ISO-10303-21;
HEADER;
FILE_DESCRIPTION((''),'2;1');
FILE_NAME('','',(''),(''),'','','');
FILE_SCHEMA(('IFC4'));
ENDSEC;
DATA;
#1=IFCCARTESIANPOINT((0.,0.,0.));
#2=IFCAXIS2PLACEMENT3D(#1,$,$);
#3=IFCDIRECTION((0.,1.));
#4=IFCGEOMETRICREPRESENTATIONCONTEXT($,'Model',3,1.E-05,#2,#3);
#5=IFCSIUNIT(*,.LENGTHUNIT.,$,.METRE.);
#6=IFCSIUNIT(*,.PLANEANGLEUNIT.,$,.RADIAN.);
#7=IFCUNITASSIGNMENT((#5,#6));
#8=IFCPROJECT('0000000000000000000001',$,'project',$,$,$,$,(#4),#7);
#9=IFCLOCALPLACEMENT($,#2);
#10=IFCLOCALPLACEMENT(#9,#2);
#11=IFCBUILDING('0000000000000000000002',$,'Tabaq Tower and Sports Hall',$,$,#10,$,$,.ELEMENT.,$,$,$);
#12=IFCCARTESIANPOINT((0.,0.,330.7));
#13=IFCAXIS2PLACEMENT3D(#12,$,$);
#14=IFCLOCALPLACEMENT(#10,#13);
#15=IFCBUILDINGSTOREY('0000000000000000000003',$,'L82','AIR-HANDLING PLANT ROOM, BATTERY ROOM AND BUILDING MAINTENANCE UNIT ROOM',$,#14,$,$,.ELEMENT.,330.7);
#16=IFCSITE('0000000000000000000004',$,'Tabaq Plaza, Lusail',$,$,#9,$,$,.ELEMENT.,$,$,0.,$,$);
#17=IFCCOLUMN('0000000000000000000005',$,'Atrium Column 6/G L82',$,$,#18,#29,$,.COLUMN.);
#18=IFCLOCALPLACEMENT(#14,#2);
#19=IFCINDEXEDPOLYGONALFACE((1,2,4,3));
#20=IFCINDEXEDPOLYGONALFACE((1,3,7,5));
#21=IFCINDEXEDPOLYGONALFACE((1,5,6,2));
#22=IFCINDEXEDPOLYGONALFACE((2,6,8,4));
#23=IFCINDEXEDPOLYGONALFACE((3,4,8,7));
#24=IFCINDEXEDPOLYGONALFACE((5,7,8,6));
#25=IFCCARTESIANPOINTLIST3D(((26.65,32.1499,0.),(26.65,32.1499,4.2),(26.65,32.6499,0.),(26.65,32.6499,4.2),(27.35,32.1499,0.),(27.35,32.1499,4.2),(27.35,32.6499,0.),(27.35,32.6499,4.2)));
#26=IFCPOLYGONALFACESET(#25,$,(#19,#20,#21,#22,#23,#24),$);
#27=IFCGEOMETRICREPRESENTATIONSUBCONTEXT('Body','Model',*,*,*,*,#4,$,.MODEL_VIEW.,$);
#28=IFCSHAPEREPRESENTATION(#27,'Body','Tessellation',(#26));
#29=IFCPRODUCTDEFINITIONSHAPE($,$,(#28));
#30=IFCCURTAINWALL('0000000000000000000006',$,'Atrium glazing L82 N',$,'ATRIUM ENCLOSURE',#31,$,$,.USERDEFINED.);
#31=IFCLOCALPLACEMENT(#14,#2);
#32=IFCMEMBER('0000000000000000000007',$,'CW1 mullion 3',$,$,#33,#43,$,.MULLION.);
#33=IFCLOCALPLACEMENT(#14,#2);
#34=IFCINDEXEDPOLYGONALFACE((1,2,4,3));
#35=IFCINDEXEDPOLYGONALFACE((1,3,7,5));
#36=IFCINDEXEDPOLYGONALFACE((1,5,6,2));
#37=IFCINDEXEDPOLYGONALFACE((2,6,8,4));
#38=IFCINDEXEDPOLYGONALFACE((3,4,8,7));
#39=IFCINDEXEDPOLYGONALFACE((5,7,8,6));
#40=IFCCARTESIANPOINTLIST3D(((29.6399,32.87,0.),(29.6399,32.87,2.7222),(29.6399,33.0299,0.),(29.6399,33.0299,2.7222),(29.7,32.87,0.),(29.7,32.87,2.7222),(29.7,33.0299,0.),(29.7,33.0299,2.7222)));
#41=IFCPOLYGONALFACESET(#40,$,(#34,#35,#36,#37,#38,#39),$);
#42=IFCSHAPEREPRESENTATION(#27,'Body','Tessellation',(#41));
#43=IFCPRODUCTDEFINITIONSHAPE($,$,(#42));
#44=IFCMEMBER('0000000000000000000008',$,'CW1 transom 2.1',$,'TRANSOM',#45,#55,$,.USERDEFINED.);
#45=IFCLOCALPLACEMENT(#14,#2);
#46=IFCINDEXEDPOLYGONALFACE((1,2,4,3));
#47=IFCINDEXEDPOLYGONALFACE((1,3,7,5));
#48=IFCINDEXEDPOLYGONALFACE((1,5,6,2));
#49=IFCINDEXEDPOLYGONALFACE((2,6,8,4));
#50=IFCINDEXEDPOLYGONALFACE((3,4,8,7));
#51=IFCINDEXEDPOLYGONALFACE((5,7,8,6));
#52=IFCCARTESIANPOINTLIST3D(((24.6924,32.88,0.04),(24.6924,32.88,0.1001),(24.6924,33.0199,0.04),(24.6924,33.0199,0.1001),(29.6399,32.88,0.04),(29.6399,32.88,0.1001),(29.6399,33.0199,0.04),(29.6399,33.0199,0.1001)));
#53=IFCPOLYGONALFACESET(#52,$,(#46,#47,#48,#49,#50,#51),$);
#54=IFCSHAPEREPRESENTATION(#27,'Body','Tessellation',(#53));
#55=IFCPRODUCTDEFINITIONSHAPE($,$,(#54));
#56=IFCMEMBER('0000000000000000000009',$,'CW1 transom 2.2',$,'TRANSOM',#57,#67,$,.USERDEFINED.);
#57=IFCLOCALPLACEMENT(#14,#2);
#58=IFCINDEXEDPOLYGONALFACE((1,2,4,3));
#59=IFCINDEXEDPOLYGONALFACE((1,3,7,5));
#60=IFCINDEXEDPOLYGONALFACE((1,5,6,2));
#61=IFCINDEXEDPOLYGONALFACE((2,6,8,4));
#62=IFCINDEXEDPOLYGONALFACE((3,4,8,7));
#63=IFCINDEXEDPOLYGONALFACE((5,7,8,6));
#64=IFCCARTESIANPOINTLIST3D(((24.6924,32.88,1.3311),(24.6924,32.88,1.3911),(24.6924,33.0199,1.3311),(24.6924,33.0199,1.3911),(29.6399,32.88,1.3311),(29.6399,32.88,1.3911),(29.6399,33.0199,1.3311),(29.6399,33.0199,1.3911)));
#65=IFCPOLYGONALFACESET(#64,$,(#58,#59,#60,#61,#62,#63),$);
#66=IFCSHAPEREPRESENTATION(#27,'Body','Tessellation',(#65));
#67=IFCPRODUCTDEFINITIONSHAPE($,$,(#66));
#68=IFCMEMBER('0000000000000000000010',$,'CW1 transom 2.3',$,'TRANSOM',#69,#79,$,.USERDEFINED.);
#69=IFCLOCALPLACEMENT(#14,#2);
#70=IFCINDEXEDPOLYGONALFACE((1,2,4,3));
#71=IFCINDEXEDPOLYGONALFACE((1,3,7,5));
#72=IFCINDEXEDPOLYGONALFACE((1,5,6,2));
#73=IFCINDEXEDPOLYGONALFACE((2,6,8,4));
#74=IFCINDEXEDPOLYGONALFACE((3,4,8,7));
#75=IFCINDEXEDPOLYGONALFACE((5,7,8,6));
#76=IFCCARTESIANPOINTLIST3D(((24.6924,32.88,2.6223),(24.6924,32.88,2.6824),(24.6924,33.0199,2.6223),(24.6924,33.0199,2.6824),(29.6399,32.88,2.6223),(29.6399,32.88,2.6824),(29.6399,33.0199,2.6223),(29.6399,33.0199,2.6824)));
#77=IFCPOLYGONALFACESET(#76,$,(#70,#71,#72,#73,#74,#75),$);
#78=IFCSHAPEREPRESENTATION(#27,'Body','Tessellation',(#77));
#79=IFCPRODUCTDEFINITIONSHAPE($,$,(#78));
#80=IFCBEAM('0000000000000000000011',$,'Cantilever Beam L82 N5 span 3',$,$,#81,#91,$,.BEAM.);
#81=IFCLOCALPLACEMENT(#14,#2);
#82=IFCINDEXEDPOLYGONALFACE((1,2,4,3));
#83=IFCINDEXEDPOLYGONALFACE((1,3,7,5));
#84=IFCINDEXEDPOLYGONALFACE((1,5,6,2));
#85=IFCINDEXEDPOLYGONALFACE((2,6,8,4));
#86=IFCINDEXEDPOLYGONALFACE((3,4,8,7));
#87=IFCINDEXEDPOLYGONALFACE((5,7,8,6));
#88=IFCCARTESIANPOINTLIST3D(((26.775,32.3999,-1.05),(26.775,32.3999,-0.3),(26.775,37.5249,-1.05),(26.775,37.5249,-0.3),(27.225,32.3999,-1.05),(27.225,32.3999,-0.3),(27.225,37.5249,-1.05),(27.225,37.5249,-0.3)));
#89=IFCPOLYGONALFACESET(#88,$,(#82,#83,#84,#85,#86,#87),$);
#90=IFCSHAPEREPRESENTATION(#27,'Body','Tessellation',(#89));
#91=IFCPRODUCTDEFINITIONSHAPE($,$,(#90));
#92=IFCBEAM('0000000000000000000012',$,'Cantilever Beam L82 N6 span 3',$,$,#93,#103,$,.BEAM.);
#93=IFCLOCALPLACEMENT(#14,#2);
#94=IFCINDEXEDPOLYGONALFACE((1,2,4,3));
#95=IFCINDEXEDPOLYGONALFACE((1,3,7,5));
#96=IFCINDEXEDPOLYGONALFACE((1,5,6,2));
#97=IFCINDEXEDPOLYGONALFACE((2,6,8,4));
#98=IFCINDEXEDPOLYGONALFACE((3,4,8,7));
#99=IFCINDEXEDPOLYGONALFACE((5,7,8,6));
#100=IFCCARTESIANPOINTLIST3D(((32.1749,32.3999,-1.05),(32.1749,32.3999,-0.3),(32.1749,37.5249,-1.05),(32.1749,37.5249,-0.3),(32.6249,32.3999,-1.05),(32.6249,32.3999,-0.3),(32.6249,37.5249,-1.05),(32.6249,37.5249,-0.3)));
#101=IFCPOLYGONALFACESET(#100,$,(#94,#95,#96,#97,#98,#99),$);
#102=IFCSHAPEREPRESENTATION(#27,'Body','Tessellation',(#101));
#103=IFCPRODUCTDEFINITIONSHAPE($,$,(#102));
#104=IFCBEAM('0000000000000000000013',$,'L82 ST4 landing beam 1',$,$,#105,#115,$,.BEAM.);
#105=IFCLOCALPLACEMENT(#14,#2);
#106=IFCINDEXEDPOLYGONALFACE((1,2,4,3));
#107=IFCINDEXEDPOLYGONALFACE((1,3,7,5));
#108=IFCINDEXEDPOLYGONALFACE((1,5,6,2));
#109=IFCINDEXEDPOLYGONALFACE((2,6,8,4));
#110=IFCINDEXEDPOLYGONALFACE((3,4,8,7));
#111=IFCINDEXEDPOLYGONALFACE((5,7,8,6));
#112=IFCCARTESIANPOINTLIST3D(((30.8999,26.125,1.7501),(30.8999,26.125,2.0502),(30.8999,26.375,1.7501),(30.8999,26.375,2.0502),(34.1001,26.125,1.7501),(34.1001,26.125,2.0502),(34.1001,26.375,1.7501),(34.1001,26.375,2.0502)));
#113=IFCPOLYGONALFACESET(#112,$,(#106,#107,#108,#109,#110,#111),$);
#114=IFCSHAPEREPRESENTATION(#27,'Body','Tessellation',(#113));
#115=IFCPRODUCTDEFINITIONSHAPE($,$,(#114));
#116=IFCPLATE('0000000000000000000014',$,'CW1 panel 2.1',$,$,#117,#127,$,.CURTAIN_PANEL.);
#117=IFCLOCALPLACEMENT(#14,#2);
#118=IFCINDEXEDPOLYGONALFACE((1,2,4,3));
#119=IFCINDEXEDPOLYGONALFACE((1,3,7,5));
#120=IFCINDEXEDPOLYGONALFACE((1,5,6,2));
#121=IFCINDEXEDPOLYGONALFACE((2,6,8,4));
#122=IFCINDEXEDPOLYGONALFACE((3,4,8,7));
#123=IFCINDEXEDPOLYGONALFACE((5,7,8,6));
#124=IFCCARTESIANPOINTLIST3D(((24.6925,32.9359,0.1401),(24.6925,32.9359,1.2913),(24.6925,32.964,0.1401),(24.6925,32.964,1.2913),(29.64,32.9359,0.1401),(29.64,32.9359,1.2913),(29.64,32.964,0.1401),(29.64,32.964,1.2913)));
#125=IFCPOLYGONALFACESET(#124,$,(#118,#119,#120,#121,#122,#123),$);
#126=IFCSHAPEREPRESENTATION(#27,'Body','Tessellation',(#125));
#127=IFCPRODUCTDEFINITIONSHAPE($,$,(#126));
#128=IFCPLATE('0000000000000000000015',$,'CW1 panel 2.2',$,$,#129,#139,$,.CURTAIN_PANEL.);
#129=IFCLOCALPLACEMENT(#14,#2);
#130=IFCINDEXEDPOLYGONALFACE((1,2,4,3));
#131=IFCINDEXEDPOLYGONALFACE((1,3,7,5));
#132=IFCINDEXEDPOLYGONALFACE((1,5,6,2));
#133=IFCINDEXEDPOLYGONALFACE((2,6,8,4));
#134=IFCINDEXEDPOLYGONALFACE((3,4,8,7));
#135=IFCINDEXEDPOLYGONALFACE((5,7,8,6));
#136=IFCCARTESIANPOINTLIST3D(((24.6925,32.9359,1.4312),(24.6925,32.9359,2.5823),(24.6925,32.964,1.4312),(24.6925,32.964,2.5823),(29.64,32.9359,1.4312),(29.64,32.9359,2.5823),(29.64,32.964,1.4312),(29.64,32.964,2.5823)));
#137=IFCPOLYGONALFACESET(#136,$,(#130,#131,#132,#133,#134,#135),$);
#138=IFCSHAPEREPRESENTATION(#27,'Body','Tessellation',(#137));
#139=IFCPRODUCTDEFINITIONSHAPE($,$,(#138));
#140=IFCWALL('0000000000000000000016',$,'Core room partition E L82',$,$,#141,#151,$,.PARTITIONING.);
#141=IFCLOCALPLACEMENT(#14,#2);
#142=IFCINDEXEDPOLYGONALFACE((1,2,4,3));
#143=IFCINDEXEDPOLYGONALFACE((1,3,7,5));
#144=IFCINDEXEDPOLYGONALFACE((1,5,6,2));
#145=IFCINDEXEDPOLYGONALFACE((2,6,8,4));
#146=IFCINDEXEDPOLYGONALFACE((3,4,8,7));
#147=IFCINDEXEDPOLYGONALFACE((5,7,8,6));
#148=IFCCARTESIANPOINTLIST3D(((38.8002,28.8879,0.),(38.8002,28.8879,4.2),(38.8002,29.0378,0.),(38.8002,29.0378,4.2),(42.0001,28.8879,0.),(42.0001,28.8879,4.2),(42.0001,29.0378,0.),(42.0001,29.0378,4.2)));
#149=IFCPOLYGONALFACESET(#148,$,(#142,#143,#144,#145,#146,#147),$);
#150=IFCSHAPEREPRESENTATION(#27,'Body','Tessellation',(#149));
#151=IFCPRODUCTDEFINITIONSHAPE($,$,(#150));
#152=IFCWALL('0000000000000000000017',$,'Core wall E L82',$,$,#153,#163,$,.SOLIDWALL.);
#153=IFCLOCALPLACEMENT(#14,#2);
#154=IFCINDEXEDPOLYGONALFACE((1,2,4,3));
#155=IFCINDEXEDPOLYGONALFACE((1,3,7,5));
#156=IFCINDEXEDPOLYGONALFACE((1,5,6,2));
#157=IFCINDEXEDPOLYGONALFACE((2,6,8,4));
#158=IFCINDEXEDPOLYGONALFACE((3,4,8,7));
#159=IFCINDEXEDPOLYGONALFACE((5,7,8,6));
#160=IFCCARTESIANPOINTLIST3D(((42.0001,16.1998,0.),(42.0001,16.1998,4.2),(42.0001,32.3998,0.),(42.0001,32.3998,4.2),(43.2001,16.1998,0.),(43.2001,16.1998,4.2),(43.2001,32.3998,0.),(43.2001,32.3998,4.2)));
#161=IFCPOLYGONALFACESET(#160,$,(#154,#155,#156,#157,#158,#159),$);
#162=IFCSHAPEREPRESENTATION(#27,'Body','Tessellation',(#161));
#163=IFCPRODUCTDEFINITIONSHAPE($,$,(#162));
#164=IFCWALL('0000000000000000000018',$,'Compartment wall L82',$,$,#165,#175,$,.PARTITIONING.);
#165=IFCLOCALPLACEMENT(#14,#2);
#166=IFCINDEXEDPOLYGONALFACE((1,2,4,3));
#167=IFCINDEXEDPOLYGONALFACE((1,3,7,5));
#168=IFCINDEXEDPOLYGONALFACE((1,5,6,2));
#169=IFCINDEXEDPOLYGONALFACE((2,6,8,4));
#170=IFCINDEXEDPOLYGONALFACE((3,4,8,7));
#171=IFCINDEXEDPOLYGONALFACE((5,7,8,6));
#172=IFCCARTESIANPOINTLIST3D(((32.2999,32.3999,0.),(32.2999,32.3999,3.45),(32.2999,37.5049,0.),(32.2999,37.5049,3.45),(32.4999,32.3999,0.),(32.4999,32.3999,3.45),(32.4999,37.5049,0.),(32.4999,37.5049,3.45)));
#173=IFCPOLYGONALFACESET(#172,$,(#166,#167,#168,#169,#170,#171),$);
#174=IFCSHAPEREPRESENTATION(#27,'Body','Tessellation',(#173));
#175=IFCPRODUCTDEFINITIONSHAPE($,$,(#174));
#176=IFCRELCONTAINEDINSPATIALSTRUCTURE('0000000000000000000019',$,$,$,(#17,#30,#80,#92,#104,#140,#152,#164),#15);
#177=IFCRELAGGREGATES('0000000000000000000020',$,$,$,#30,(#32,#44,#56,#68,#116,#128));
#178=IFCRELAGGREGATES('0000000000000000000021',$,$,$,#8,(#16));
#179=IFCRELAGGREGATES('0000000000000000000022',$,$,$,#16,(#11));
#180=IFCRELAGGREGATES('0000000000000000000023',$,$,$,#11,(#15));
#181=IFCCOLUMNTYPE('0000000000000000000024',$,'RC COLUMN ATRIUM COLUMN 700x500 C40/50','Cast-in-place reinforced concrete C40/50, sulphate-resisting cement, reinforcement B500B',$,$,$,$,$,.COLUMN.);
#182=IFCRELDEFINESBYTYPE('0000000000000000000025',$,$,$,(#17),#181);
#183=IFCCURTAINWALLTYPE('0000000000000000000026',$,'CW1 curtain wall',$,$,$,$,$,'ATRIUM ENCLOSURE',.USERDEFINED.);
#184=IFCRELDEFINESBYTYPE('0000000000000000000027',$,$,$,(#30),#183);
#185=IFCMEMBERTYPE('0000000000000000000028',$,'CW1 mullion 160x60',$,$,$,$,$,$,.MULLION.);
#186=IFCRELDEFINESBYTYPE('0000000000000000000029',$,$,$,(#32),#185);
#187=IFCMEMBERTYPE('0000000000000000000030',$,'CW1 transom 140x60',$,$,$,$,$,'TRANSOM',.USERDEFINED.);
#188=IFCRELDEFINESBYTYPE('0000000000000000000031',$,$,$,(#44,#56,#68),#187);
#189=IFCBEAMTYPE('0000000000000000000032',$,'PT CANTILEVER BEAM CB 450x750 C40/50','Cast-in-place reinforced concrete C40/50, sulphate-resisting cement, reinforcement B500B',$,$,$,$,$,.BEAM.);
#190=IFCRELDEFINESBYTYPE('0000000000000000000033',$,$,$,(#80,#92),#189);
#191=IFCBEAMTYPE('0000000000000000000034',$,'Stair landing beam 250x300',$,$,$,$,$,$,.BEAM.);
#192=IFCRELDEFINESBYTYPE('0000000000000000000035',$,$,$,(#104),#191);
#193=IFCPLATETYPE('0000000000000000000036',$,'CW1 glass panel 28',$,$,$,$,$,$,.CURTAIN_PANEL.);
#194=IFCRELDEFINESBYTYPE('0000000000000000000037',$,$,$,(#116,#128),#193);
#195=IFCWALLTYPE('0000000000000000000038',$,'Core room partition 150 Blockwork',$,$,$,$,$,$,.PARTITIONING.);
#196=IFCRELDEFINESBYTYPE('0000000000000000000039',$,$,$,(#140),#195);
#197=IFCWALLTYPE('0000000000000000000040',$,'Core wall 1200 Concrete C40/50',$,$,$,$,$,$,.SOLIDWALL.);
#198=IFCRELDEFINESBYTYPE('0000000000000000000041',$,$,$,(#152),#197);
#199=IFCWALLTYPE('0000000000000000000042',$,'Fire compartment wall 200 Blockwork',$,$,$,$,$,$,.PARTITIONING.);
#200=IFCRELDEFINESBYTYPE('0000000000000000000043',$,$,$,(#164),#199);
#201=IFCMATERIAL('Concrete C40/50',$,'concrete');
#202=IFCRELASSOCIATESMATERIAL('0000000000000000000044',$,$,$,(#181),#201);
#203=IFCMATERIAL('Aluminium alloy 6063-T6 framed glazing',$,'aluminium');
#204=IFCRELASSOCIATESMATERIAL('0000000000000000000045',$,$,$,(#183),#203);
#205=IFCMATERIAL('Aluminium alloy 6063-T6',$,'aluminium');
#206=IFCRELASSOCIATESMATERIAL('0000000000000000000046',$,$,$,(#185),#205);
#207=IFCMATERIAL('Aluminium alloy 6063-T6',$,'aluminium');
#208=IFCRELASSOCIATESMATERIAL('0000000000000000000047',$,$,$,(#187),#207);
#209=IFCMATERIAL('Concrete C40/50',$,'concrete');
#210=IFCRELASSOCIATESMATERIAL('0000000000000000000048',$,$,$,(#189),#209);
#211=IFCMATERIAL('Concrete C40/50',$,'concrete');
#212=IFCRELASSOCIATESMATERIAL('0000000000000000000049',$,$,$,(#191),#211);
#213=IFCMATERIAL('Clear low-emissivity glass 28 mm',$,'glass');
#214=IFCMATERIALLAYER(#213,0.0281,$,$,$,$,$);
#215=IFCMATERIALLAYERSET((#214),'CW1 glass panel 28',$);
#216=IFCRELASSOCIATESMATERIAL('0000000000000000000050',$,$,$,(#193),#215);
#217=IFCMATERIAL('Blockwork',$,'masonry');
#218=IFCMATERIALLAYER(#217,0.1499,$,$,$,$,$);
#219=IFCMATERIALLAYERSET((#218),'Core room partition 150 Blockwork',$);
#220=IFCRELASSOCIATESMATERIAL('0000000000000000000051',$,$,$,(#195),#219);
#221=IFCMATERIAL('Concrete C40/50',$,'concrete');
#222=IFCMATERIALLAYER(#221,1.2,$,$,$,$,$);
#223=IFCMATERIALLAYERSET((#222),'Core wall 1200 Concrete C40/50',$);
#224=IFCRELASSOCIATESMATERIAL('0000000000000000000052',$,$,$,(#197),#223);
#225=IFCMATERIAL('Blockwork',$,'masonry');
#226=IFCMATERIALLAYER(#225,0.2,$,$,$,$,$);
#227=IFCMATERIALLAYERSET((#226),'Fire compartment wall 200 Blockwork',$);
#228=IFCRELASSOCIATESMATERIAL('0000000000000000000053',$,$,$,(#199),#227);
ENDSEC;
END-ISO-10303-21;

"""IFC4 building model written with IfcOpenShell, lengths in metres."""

from ifc_helpers import new_model, si_unit, direction, frame, frame_2d, origin, origin_2d, place, context, subcontext, project, spatial, rectangle, extrude, material, layer, layer_set, material_profile, profile_set, type_object, element, aggregate, save


model = new_model("IFC4")

# Units and contexts
model_context = context("Model", 3, precision=1e-05, world=origin(), true_north=direction((0.0, 1.0)))
body_context = subcontext(model_context, "Body", "Model", "MODEL_VIEW")
ifc_project = project(units=[si_unit("LENGTHUNIT", "METRE"), si_unit("PLANEANGLEUNIT", "RADIAN")], contexts=[model_context])

# Site, building, storey
site_placement = place(None, origin())
site = spatial("IfcSite", under=ifc_project, at=site_placement, Name="Tabaq Plaza, Lusail", CompositionType="ELEMENT", RefElevation=0.0)
building_placement = place(site_placement, origin())
building = spatial("IfcBuilding", under=site, at=building_placement, Name="Tabaq Tower and Sports Hall", CompositionType="ELEMENT")
storey_placement = place(building_placement, frame((0.0, 0.0, 330.7)))
storey = spatial("IfcBuildingStorey", under=building, at=storey_placement, Name="L82", Description="AIR-HANDLING PLANT ROOM, BATTERY ROOM AND BUILDING MAINTENANCE UNIT ROOM", CompositionType="ELEMENT", Elevation=330.7)

# Column
ifc_material_1 = material(Name="Concrete C40/50", Category="concrete")
ifc_material_profile_1 = material_profile(ifc_material_1, rectangle(XDim=0.7, YDim=0.5, at=origin_2d()), Name="ATRIUM COLUMN 700x500")
ifc_profile_set_1 = profile_set([ifc_material_profile_1], Name="Concrete C40/50")
column_type = type_object("IfcColumnType", Name="RC COLUMN ATRIUM COLUMN 700x500 C40/50", Description="Cast-in-place reinforced concrete C40/50, sulphate-resisting cement, reinforcement B500B", PredefinedType="COLUMN", material=ifc_profile_set_1)
column_placement = place(storey_placement, frame((27.0, 32.3999, 0.0), z_axis=(0.0, 0.0, 1.0), x_axis=(1.0, 0.0, 0.0)))
element("IfcColumn", 1, at=column_placement, inside=storey, type_object=column_type, Name="Atrium Column 6/G L82", PredefinedType="COLUMN", context=body_context, shape_type="SweptSolid", body=[
    extrude(rectangle(XDim=0.7, YDim=0.5, at=origin_2d()), origin(), (0.0, 0.0, 1.0), 4.2),
])

# Curtain wall, members
ifc_material_2 = material(Name="Aluminium alloy 6063-T6 framed glazing", Category="aluminium")
curtain_wall_type = type_object("IfcCurtainWallType", Name="CW1 curtain wall", ElementType="ATRIUM ENCLOSURE", PredefinedType="USERDEFINED", material=ifc_material_2)
curtain_wall_placement = place(storey_placement, origin())
curtain_wall = element("IfcCurtainWall", 2, at=curtain_wall_placement, inside=storey, type_object=curtain_wall_type, Name="Atrium glazing L82 N", ObjectType="ATRIUM ENCLOSURE", PredefinedType="USERDEFINED")
ifc_material_3 = material(Name="Aluminium alloy 6063-T6", Category="aluminium")
ifc_material_profile_2 = material_profile(ifc_material_3, rectangle(XDim=0.1599, YDim=0.0601, at=origin_2d()), Name="MULLION 160x60")
ifc_profile_set_2 = profile_set([ifc_material_profile_2], Name="Aluminium alloy 6063-T6")
member_type_1 = type_object("IfcMemberType", Name="CW1 mullion 160x60", PredefinedType="MULLION", material=ifc_profile_set_2)
member_1_placement = place(storey_placement, frame((29.6699, 32.95, 0.0), z_axis=(0.0, 0.0, 1.0), x_axis=(0.0, 1.0, 0.0)))
member_1 = element("IfcMember", 3, at=member_1_placement, type_object=member_type_1, Name="CW1 mullion 3", PredefinedType="MULLION", context=body_context, shape_type="SweptSolid", body=[
    extrude(rectangle(XDim=0.1599, YDim=0.0601, at=origin_2d()), origin(), (0.0, 0.0, 1.0), 2.7222),
])
ifc_material_4 = material(Name="Aluminium alloy 6063-T6", Category="aluminium")
ifc_material_profile_3 = material_profile(ifc_material_4, rectangle(XDim=0.1399, YDim=0.0601, at=origin_2d()), Name="TRANSOM 140x60")
ifc_profile_set_3 = profile_set([ifc_material_profile_3], Name="Aluminium alloy 6063-T6")
member_type_2 = type_object("IfcMemberType", Name="CW1 transom 140x60", ElementType="TRANSOM", PredefinedType="USERDEFINED", material=ifc_profile_set_3)
member_2_placement = place(storey_placement, frame((24.6924, 32.95, 0.0701), z_axis=(1.0, 0.0, 0.0), x_axis=(0.0, 1.0, 0.0)))
member_2 = element("IfcMember", 4, at=member_2_placement, type_object=member_type_2, Name="CW1 transom 2.1", ObjectType="TRANSOM", PredefinedType="USERDEFINED", context=body_context, shape_type="SweptSolid", body=[
    extrude(rectangle(XDim=0.1399, YDim=0.0601, at=origin_2d()), origin(), (0.0, 0.0, 1.0), 4.9475),
])
member_3_placement = place(storey_placement, frame((24.6924, 32.95, 1.3611), z_axis=(1.0, 0.0, 0.0), x_axis=(0.0, 1.0, 0.0)))
member_3 = element("IfcMember", 5, at=member_3_placement, type_object=member_type_2, Name="CW1 transom 2.2", ObjectType="TRANSOM", PredefinedType="USERDEFINED", context=body_context, shape_type="SweptSolid", body=[
    extrude(rectangle(XDim=0.1399, YDim=0.0601, at=origin_2d()), origin(), (0.0, 0.0, 1.0), 4.9475),
])
member_4_placement = place(storey_placement, frame((24.6924, 32.95, 2.6523), z_axis=(1.0, 0.0, 0.0), x_axis=(0.0, 1.0, 0.0)))
member_4 = element("IfcMember", 6, at=member_4_placement, type_object=member_type_2, Name="CW1 transom 2.3", ObjectType="TRANSOM", PredefinedType="USERDEFINED", context=body_context, shape_type="SweptSolid", body=[
    extrude(rectangle(XDim=0.1399, YDim=0.0601, at=origin_2d()), origin(), (0.0, 0.0, 1.0), 4.9475),
])

# Beams
ifc_material_5 = material(Name="Concrete C40/50", Category="concrete")
ifc_material_profile_4 = material_profile(ifc_material_5, rectangle(XDim=0.45, YDim=0.75, at=origin_2d()), Name="CB 450x750")
ifc_profile_set_4 = profile_set([ifc_material_profile_4], Name="Concrete C40/50")
beam_type_1 = type_object("IfcBeamType", Name="PT CANTILEVER BEAM CB 450x750 C40/50", Description="Cast-in-place reinforced concrete C40/50, sulphate-resisting cement, reinforcement B500B", PredefinedType="BEAM", material=ifc_profile_set_4)
for number, where, z_axis, x_axis, name in (
    (7, (27.0, 37.5249, -0.675), (0.0, -1.0, 0.0), (1.0, 0.0, 0.0), "Cantilever Beam L82 N5 span 3"),
    (8, (32.3999, 37.5249, -0.675), (0.0, -1.0, 0.0), (1.0, 0.0, 0.0), "Cantilever Beam L82 N6 span 3"),
):
    element("IfcBeam", number, at=place(storey_placement, frame(where, z_axis=z_axis, x_axis=x_axis)), inside=storey, type_object=beam_type_1, Name=name, PredefinedType="BEAM", context=body_context, shape_type="SweptSolid", body=[
        extrude(rectangle(XDim=0.45, YDim=0.75, at=origin_2d()), origin(), (0.0, 0.0, 1.0), 5.125),
    ])
ifc_material_6 = material(Name="Concrete C40/50", Category="concrete")
ifc_material_profile_5 = material_profile(ifc_material_6, rectangle(XDim=0.25, YDim=0.3, at=origin_2d()), Name="RC 250x300")
ifc_profile_set_5 = profile_set([ifc_material_profile_5], Name="Concrete C40/50")
beam_type_2 = type_object("IfcBeamType", Name="Stair landing beam 250x300", PredefinedType="BEAM", material=ifc_profile_set_5)
beam_placement = place(storey_placement, frame((30.8999, 26.25, 1.9001), z_axis=(1.0, 0.0, 0.0), x_axis=(0.0, 1.0, 0.0)))
element("IfcBeam", 9, at=beam_placement, inside=storey, type_object=beam_type_2, Name="L82 ST4 landing beam 1", PredefinedType="BEAM", context=body_context, shape_type="SweptSolid", body=[
    extrude(rectangle(XDim=0.25, YDim=0.3, at=origin_2d()), origin(), (0.0, 0.0, 1.0), 3.2002),
])

# Plates
ifc_material_7 = material(Name="Clear low-emissivity glass 28 mm", Category="glass")
ifc_layer_1 = layer(ifc_material_7, 0.0281)
ifc_layer_set_1 = layer_set([ifc_layer_1], Name="CW1 glass panel 28")
plate_type = type_object("IfcPlateType", Name="CW1 glass panel 28", PredefinedType="CURTAIN_PANEL", material=ifc_layer_set_1)
plate_1_placement = place(storey_placement, frame((27.1663, 32.95, 0.1401), z_axis=(0.0, 0.0, 1.0), x_axis=(1.0, 0.0, 0.0)))
plate_1 = element("IfcPlate", 10, at=plate_1_placement, type_object=plate_type, Name="CW1 panel 2.1", PredefinedType="CURTAIN_PANEL", context=body_context, shape_type="SweptSolid", body=[
    extrude(rectangle(XDim=4.9475, YDim=0.0281, at=origin_2d()), origin(), (0.0, 0.0, 1.0), 1.1511),
])
plate_2_placement = place(storey_placement, frame((27.1663, 32.95, 1.4312), z_axis=(0.0, 0.0, 1.0), x_axis=(1.0, 0.0, 0.0)))
plate_2 = element("IfcPlate", 11, at=plate_2_placement, type_object=plate_type, Name="CW1 panel 2.2", PredefinedType="CURTAIN_PANEL", context=body_context, shape_type="SweptSolid", body=[
    extrude(rectangle(XDim=4.9475, YDim=0.0281, at=origin_2d()), origin(), (0.0, 0.0, 1.0), 1.1511),
])
aggregate(curtain_wall, [member_1, member_2, member_3, member_4, plate_1, plate_2])

# Walls
ifc_material_8 = material(Name="Blockwork", Category="masonry")
ifc_layer_2 = layer(ifc_material_8, 0.1499)
ifc_layer_set_2 = layer_set([ifc_layer_2], Name="Core room partition 150 Blockwork")
wall_type_1 = type_object("IfcWallType", Name="Core room partition 150 Blockwork", PredefinedType="PARTITIONING", material=ifc_layer_set_2)
wall_1_placement = place(storey_placement, frame((38.8, 28.9629, 0.0), z_axis=(0.0, 0.0, 1.0), x_axis=(1.0, 0.0, 0.0)))
element("IfcWall", 12, at=wall_1_placement, inside=storey, type_object=wall_type_1, Name="Core room partition E L82", PredefinedType="PARTITIONING", context=body_context, shape_type="SweptSolid", body=[
    extrude(rectangle(XDim=3.2, YDim=0.1499, at=frame_2d((1.6001, 0.0))), origin(), (0.0, 0.0, 1.0), 4.2),
])
ifc_material_9 = material(Name="Concrete C40/50", Category="concrete")
ifc_layer_3 = layer(ifc_material_9, 1.2)
ifc_layer_set_3 = layer_set([ifc_layer_3], Name="Core wall 1200 Concrete C40/50")
wall_type_2 = type_object("IfcWallType", Name="Core wall 1200 Concrete C40/50", PredefinedType="SOLIDWALL", material=ifc_layer_set_3)
wall_2_placement = place(storey_placement, frame((42.6001, 32.3999, 0.0), z_axis=(0.0, 0.0, 1.0), x_axis=(0.0, -1.0, 0.0)))
element("IfcWall", 13, at=wall_2_placement, inside=storey, type_object=wall_type_2, Name="Core wall E L82", PredefinedType="SOLIDWALL", context=body_context, shape_type="SweptSolid", body=[
    extrude(rectangle(XDim=16.2, YDim=1.2, at=frame_2d((8.1001, 0.0))), origin(), (0.0, 0.0, 1.0), 4.2),
])

# Wall
ifc_material_10 = material(Name="Blockwork", Category="masonry")
ifc_layer_4 = layer(ifc_material_10, 0.2)
ifc_layer_set_4 = layer_set([ifc_layer_4], Name="Fire compartment wall 200 Blockwork")
wall_type_3 = type_object("IfcWallType", Name="Fire compartment wall 200 Blockwork", PredefinedType="PARTITIONING", material=ifc_layer_set_4)
wall_3_placement = place(storey_placement, frame((32.3999, 32.3999, 0.0), z_axis=(0.0, 0.0, 1.0), x_axis=(0.0, 1.0, 0.0)))
element("IfcWall", 14, at=wall_3_placement, inside=storey, type_object=wall_type_3, Name="Compartment wall L82", PredefinedType="PARTITIONING", context=body_context, shape_type="SweptSolid", body=[
    extrude(rectangle(XDim=5.105, YDim=0.2, at=frame_2d((2.5525, 0.0))), origin(), (0.0, 0.0, 1.0), 3.45),
])

save(model, "model.ifc")
